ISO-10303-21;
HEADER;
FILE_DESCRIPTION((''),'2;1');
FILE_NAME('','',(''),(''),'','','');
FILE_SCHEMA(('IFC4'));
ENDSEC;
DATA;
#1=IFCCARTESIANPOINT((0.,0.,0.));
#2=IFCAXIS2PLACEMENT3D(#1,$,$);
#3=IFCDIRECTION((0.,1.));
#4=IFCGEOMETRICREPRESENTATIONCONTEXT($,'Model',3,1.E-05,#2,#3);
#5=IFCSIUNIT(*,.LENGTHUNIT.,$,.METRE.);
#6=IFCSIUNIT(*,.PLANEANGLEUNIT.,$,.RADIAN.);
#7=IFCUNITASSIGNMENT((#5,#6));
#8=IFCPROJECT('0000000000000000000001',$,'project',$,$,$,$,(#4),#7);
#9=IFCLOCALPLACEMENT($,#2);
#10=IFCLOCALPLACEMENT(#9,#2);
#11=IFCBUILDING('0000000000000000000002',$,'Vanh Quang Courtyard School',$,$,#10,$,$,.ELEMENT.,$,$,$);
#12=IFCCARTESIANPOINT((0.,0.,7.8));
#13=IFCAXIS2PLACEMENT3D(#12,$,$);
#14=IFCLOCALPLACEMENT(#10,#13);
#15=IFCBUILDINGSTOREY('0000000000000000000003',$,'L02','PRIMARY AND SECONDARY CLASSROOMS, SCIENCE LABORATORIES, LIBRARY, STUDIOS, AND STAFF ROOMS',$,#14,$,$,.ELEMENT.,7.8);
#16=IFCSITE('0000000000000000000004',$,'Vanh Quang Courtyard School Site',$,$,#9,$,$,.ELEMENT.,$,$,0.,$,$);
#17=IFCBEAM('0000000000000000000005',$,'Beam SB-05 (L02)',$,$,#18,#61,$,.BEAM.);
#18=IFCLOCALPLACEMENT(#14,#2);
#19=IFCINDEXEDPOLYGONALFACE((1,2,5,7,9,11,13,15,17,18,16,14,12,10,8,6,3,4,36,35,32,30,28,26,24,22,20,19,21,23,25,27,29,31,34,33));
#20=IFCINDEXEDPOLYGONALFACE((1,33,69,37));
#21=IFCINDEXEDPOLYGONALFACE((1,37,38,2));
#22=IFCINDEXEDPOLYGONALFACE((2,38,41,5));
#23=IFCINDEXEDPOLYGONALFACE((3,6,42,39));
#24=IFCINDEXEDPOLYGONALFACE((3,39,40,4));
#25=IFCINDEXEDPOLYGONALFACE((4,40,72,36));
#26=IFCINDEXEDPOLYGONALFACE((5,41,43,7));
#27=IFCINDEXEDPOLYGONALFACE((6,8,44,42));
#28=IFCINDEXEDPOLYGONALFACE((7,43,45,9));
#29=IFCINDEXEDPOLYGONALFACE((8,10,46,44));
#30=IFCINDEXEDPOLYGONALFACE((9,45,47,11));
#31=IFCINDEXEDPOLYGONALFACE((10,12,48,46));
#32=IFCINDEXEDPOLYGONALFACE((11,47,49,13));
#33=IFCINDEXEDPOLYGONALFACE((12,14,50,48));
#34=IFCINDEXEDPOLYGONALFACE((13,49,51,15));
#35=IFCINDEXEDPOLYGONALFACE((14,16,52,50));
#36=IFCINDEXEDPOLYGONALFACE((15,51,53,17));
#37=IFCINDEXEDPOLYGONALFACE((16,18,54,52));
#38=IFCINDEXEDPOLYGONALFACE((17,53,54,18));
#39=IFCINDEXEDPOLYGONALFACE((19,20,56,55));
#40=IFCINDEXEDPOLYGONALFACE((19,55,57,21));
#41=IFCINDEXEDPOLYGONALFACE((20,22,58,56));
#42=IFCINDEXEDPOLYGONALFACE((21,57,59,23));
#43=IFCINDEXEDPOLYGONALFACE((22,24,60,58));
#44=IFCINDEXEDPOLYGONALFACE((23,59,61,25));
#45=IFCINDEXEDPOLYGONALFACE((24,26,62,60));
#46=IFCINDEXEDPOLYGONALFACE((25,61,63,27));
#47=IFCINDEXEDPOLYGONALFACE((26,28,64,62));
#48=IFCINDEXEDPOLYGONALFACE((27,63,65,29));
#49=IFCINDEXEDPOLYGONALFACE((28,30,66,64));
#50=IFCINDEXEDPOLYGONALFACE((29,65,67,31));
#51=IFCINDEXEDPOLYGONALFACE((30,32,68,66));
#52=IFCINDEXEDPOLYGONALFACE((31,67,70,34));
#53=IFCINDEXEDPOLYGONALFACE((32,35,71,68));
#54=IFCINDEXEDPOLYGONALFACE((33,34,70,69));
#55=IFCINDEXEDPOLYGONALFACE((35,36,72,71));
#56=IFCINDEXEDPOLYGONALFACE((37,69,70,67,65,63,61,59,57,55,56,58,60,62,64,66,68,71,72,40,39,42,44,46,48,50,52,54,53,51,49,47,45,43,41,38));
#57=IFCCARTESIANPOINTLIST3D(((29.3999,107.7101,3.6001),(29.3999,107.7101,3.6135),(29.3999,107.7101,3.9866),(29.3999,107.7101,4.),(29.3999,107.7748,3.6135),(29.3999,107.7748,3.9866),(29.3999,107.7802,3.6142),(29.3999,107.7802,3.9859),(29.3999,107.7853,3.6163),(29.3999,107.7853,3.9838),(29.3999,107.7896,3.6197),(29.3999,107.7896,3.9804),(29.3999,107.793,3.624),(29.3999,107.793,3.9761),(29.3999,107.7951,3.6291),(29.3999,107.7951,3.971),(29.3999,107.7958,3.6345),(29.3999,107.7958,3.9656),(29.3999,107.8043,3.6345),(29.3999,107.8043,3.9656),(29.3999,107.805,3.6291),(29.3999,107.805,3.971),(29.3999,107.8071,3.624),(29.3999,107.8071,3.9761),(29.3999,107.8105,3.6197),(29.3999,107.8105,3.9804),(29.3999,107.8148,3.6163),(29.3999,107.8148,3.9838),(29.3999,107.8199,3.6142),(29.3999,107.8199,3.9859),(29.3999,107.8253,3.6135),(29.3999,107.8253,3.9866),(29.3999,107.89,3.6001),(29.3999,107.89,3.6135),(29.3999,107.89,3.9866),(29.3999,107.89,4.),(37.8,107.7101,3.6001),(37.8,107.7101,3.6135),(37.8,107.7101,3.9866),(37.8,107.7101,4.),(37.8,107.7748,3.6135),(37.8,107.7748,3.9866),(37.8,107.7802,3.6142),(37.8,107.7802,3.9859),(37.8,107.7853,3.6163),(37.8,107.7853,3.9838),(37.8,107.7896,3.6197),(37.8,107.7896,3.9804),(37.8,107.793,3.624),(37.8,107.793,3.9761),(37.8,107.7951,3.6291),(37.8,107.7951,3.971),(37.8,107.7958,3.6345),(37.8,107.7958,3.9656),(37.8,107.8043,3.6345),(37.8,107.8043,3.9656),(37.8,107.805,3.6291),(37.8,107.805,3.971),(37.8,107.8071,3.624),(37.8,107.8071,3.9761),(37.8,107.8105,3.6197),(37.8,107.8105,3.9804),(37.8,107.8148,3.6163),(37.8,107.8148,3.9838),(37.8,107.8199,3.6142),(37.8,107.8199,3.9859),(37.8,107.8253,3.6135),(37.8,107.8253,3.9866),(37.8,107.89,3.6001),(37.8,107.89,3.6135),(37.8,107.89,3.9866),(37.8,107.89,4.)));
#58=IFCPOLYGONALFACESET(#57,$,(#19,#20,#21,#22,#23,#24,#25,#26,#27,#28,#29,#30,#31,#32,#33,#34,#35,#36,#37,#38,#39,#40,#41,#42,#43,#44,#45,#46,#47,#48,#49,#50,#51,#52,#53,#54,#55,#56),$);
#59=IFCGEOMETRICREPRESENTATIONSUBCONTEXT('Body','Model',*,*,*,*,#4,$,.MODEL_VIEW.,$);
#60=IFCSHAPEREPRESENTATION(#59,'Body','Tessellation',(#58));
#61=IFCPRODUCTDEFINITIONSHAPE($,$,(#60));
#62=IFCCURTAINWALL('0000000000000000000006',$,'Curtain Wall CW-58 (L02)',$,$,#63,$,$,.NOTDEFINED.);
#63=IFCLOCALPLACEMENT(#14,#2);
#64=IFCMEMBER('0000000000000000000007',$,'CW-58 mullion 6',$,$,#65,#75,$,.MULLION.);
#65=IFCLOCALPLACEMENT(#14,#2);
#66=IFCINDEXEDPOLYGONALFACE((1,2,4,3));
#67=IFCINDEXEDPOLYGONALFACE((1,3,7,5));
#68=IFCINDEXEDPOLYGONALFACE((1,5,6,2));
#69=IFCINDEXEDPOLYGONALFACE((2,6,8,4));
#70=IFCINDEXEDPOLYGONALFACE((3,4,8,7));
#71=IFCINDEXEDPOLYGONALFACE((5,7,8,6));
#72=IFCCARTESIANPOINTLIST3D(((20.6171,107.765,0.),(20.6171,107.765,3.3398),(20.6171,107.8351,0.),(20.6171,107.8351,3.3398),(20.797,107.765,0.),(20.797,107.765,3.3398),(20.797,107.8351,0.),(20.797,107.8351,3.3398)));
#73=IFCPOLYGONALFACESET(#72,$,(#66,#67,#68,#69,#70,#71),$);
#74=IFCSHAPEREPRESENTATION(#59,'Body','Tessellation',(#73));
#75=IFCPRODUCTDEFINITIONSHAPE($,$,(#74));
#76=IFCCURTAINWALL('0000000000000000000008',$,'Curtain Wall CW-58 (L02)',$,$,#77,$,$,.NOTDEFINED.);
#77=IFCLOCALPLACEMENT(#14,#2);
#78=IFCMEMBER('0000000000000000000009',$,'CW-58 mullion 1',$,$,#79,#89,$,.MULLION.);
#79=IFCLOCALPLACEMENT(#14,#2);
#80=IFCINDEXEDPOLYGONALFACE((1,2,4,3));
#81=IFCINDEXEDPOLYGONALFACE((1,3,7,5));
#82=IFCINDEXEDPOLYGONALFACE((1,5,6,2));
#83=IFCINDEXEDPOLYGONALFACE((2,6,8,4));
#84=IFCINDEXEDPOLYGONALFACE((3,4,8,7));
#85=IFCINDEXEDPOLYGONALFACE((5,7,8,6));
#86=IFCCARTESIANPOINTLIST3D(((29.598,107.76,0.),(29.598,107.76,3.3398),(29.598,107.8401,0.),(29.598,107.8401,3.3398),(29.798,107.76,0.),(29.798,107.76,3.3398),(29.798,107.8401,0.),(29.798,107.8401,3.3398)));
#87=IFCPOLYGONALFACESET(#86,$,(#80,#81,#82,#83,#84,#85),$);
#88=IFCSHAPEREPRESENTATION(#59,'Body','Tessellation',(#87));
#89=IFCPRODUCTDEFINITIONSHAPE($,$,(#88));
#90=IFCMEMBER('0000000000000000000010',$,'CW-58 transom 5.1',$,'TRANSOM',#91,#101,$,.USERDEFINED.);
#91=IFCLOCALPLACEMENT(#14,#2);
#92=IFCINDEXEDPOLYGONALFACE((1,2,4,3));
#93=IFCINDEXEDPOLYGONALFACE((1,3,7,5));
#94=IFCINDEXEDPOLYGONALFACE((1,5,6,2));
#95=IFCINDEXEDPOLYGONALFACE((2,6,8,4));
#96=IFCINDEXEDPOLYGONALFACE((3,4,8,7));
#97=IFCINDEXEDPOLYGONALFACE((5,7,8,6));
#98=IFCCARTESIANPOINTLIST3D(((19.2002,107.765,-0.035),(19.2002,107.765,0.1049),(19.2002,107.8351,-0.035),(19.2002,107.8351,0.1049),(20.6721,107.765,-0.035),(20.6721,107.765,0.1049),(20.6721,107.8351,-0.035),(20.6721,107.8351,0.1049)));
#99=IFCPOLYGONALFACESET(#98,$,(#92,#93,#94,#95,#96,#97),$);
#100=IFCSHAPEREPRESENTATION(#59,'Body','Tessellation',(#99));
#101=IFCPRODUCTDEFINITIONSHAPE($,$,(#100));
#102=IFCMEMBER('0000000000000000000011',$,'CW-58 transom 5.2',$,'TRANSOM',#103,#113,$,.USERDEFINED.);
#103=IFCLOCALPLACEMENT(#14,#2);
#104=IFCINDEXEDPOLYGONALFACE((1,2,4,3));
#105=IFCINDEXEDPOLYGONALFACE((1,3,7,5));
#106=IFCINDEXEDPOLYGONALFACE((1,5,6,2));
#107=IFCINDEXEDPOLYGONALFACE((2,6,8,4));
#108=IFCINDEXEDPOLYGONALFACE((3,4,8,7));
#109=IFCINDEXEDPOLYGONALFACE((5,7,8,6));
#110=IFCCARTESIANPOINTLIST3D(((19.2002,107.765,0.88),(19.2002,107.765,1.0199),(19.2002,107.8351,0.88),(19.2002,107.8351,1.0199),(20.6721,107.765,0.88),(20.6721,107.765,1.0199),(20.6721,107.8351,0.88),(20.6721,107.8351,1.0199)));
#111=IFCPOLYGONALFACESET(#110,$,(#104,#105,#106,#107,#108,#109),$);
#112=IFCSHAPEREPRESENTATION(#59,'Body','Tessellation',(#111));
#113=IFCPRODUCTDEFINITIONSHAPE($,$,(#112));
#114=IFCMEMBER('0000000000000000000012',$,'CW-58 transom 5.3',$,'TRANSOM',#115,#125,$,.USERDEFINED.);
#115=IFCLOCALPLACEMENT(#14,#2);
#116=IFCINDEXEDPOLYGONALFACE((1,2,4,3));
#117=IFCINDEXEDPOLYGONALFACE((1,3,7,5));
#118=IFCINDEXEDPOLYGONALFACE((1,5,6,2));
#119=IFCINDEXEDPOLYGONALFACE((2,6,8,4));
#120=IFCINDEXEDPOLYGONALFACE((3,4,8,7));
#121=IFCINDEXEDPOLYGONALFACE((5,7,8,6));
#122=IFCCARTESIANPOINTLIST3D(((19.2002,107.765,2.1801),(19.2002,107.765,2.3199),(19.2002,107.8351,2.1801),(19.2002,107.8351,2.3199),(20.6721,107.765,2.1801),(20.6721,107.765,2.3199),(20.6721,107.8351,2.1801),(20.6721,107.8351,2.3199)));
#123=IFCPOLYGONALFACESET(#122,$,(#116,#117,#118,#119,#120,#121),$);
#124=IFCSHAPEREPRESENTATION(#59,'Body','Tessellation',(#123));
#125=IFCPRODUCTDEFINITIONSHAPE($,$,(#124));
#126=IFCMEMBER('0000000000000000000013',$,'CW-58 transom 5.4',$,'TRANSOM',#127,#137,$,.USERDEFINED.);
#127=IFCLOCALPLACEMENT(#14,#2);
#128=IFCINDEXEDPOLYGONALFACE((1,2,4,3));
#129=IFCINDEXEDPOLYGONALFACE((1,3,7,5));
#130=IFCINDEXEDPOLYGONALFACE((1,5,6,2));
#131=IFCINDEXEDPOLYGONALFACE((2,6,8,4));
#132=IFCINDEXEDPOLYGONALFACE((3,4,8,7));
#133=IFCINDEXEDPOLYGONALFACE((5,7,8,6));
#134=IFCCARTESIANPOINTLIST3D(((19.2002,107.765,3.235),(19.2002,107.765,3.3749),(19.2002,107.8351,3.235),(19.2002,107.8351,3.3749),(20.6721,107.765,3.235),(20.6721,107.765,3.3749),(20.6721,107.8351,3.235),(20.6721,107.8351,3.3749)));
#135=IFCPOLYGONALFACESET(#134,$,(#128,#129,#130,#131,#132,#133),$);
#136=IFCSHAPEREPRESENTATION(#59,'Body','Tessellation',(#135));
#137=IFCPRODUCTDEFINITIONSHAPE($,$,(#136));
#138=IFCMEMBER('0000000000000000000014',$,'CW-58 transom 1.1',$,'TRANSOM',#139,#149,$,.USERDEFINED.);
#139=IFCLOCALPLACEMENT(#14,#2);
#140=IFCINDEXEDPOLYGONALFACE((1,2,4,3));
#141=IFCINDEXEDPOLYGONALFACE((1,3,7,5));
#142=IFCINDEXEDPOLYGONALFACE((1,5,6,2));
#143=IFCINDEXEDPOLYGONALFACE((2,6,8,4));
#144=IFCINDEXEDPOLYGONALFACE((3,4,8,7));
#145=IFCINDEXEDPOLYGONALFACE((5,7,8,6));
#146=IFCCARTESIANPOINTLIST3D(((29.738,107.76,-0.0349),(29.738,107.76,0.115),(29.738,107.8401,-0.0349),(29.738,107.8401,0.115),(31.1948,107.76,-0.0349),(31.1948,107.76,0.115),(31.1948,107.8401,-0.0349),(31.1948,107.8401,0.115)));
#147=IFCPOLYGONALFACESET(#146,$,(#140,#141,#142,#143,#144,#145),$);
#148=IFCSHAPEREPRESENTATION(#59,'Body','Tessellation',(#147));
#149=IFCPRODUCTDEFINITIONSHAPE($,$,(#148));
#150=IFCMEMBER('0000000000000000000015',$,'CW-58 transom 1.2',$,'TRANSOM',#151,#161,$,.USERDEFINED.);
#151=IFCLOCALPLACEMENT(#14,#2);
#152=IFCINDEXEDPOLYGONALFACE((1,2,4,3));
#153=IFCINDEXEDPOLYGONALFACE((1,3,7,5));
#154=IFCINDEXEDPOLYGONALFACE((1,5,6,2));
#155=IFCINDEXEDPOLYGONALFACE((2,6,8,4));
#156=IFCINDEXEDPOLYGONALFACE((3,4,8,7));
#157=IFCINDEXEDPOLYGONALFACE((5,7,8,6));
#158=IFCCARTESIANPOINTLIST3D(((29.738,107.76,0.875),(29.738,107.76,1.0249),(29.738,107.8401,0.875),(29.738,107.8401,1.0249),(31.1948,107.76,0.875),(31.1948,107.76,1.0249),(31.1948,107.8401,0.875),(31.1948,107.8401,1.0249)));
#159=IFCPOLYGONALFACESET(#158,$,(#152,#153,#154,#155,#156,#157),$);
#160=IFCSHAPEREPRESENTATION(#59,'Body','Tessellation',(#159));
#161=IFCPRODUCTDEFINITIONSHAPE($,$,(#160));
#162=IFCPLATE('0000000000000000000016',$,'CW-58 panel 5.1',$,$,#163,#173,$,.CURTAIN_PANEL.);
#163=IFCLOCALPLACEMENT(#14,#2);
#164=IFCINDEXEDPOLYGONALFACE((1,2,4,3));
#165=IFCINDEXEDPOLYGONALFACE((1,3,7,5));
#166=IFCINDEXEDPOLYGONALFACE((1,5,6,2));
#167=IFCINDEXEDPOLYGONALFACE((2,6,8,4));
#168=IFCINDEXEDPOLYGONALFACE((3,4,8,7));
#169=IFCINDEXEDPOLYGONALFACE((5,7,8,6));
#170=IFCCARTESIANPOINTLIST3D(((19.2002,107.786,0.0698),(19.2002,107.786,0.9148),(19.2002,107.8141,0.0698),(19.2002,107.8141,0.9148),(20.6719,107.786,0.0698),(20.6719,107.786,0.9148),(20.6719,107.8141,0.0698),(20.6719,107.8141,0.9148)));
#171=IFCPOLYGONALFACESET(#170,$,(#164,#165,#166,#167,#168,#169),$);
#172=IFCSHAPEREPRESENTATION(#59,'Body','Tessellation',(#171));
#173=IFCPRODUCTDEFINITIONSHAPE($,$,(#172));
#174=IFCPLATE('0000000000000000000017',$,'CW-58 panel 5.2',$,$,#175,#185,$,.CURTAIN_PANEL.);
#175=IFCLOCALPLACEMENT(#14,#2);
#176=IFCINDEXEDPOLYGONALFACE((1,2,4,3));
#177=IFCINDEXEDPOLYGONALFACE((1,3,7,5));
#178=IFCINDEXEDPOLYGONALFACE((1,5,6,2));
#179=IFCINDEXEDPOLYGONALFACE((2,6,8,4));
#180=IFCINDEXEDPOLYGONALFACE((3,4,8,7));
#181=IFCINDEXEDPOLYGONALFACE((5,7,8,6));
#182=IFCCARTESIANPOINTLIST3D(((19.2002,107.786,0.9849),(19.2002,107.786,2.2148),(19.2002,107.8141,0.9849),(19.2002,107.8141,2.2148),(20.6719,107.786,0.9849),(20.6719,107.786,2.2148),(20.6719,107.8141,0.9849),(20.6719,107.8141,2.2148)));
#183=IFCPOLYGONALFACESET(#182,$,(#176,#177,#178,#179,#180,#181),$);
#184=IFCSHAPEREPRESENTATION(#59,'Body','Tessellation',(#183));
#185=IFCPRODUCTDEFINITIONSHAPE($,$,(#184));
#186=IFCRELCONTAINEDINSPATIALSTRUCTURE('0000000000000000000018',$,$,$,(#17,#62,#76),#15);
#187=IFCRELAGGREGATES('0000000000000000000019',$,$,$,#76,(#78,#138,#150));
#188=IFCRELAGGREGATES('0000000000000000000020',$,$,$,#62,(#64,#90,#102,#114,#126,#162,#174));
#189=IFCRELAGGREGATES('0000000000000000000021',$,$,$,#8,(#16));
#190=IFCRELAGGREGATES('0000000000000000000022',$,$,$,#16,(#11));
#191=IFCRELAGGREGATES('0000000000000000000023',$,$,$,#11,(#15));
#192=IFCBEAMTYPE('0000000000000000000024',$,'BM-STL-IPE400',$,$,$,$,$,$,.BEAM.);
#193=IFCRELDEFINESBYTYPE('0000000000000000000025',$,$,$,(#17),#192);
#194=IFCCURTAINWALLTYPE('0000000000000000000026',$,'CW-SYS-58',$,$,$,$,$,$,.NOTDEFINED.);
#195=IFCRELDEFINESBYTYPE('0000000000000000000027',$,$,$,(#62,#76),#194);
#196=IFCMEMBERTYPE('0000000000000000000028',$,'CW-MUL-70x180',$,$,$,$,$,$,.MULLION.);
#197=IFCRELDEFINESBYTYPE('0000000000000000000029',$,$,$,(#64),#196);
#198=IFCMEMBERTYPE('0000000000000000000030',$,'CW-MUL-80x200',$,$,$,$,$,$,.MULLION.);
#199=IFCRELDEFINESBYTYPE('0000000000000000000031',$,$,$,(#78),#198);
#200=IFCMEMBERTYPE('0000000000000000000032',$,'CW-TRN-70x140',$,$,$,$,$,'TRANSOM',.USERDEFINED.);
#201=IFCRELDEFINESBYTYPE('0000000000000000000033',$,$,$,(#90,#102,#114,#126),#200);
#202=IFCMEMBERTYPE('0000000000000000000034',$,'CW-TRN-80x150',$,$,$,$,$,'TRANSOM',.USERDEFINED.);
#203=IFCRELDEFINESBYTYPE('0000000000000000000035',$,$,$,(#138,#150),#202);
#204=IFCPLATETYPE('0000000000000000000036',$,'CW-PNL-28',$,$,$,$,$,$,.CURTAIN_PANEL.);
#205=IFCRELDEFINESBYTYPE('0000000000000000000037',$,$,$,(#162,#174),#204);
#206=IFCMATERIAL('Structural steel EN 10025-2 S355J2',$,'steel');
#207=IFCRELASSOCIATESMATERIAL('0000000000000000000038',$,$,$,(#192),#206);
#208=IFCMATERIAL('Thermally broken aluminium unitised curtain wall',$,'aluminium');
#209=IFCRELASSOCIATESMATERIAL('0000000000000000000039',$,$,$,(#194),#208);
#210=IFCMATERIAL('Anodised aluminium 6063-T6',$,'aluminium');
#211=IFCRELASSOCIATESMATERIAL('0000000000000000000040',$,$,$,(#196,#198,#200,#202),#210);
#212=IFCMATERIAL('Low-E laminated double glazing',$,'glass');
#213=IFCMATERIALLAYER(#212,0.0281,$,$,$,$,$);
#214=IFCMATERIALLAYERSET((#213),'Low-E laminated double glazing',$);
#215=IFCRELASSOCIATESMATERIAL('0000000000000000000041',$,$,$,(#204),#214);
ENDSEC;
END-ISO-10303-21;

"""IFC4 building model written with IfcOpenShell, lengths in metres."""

from ifc_helpers import new_model, si_unit, direction, frame, origin, origin_2d, place, context, subcontext, project, spatial, rectangle, i_section, extrude, material, layer, layer_set, material_profile, profile_set, type_object, element, aggregate, save


model = new_model("IFC4")

# Units and contexts
model_context = context("Model", 3, precision=1e-05, world=origin(), true_north=direction((0.0, 1.0)))
body_context = subcontext(model_context, "Body", "Model", "MODEL_VIEW")
ifc_project = project(units=[si_unit("LENGTHUNIT", "METRE"), si_unit("PLANEANGLEUNIT", "RADIAN")], contexts=[model_context])

# Site, building, storey
site_placement = place(None, origin())
site = spatial("IfcSite", under=ifc_project, at=site_placement, Name="Vanh Quang Courtyard School Site", CompositionType="ELEMENT", RefElevation=0.0)
building_placement = place(site_placement, origin())
building = spatial("IfcBuilding", under=site, at=building_placement, Name="Vanh Quang Courtyard School", CompositionType="ELEMENT")
storey_placement = place(building_placement, frame((0.0, 0.0, 7.8)))
storey = spatial("IfcBuildingStorey", under=building, at=storey_placement, Name="L02", Description="PRIMARY AND SECONDARY CLASSROOMS, SCIENCE LABORATORIES, LIBRARY, STUDIOS, AND STAFF ROOMS", CompositionType="ELEMENT", Elevation=7.8)

# Beam
ifc_material_1 = material(Name="Structural steel EN 10025-2 S355J2", Category="steel")
ifc_material_profile_1 = material_profile(ifc_material_1, i_section(OverallWidth=0.1799, OverallDepth=0.3999, WebThickness=0.0085, FlangeThickness=0.0134, FilletRadius=0.021, at=origin_2d()), Name="IPE 400")
ifc_profile_set_1 = profile_set([ifc_material_profile_1], Name="Structural steel EN 10025-2 S355J2")
beam_type_1 = type_object("IfcBeamType", Name="BM-STL-IPE400", PredefinedType="BEAM", material=ifc_profile_set_1)
beam_1_placement = place(storey_placement, frame((29.3999, 107.8, 3.8), z_axis=(1.0, 0.0, 0.0), x_axis=(0.0, 1.0, 0.0)))
element("IfcBeam", 1, at=beam_1_placement, inside=storey, type_object=beam_type_1, Name="Beam SB-05 (L02)", PredefinedType="BEAM", context=body_context, shape_type="SweptSolid", body=[
    extrude(i_section(OverallWidth=0.1799, OverallDepth=0.3999, WebThickness=0.0085, FlangeThickness=0.0134, FilletRadius=0.021, at=origin_2d()), origin(), (0.0, 0.0, 1.0), 8.4001),
])

# Curtain walls, members
ifc_material_2 = material(Name="Thermally broken aluminium unitised curtain wall", Category="aluminium")
curtain_wall_type = type_object("IfcCurtainWallType", Name="CW-SYS-58", PredefinedType="NOTDEFINED", material=ifc_material_2)
curtain_wall_1_placement = place(storey_placement, origin())
curtain_wall_1 = element("IfcCurtainWall", 2, at=curtain_wall_1_placement, inside=storey, type_object=curtain_wall_type, Name="Curtain Wall CW-58 (L02)", PredefinedType="NOTDEFINED")
ifc_material_3 = material(Name="Anodised aluminium 6063-T6", Category="aluminium")
ifc_material_profile_2 = material_profile(ifc_material_3, rectangle(XDim=0.0701, YDim=0.1799, at=origin_2d()), Name="ALU-MUL 70x180")
ifc_profile_set_2 = profile_set([ifc_material_profile_2], Name="Anodised aluminium 6063-T6")
member_type_1 = type_object("IfcMemberType", Name="CW-MUL-70x180", PredefinedType="MULLION", material=ifc_profile_set_2)
member_1_placement = place(storey_placement, frame((20.707, 107.8, 0.0), z_axis=(0.0, 0.0, 1.0), x_axis=(0.0, 1.0, 0.0)))
member_1 = element("IfcMember", 3, at=member_1_placement, type_object=member_type_1, Name="CW-58 mullion 6", PredefinedType="MULLION", context=body_context, shape_type="SweptSolid", body=[
    extrude(rectangle(XDim=0.0701, YDim=0.1799, at=origin_2d()), origin(), (0.0, 0.0, 1.0), 3.3398),
])
curtain_wall_2_placement = place(storey_placement, origin())
curtain_wall_2 = element("IfcCurtainWall", 4, at=curtain_wall_2_placement, inside=storey, type_object=curtain_wall_type, Name="Curtain Wall CW-58 (L02)", PredefinedType="NOTDEFINED")
ifc_material_profile_3 = material_profile(ifc_material_3, rectangle(XDim=0.0801, YDim=0.2, at=origin_2d()), Name="ALU-MUL 80x200")
ifc_profile_set_3 = profile_set([ifc_material_profile_3], Name="Anodised aluminium 6063-T6")
member_type_2 = type_object("IfcMemberType", Name="CW-MUL-80x200", PredefinedType="MULLION", material=ifc_profile_set_3)
member_2_placement = place(storey_placement, frame((29.698, 107.8, 0.0), z_axis=(0.0, 0.0, 1.0), x_axis=(0.0, 1.0, 0.0)))
member_2 = element("IfcMember", 5, at=member_2_placement, type_object=member_type_2, Name="CW-58 mullion 1", PredefinedType="MULLION", context=body_context, shape_type="SweptSolid", body=[
    extrude(rectangle(XDim=0.0801, YDim=0.2, at=origin_2d()), origin(), (0.0, 0.0, 1.0), 3.3398),
])

# Members
ifc_material_profile_4 = material_profile(ifc_material_3, rectangle(XDim=0.0701, YDim=0.1399, at=origin_2d()), Name="ALU-TRN 70x140")
ifc_profile_set_4 = profile_set([ifc_material_profile_4], Name="Anodised aluminium 6063-T6")
member_type_3 = type_object("IfcMemberType", Name="CW-TRN-70x140", ElementType="TRANSOM", PredefinedType="USERDEFINED", material=ifc_profile_set_4)
member_3_placement = place(storey_placement, frame((19.2002, 107.8, 0.0349), z_axis=(1.0, 0.0, 0.0), x_axis=(0.0, 1.0, 0.0)))
member_3 = element("IfcMember", 6, at=member_3_placement, type_object=member_type_3, Name="CW-58 transom 5.1", ObjectType="TRANSOM", PredefinedType="USERDEFINED", context=body_context, shape_type="SweptSolid", body=[
    extrude(rectangle(XDim=0.0701, YDim=0.1399, at=origin_2d()), origin(), (0.0, 0.0, 1.0), 1.4719),
])
member_4_placement = place(storey_placement, frame((19.2002, 107.8, 0.95), z_axis=(1.0, 0.0, 0.0), x_axis=(0.0, 1.0, 0.0)))
member_4 = element("IfcMember", 7, at=member_4_placement, type_object=member_type_3, Name="CW-58 transom 5.2", ObjectType="TRANSOM", PredefinedType="USERDEFINED", context=body_context, shape_type="SweptSolid", body=[
    extrude(rectangle(XDim=0.0701, YDim=0.1399, at=origin_2d()), origin(), (0.0, 0.0, 1.0), 1.4719),
])
member_5_placement = place(storey_placement, frame((19.2002, 107.8, 2.25), z_axis=(1.0, 0.0, 0.0), x_axis=(0.0, 1.0, 0.0)))
member_5 = element("IfcMember", 8, at=member_5_placement, type_object=member_type_3, Name="CW-58 transom 5.3", ObjectType="TRANSOM", PredefinedType="USERDEFINED", context=body_context, shape_type="SweptSolid", body=[
    extrude(rectangle(XDim=0.0701, YDim=0.1399, at=origin_2d()), origin(), (0.0, 0.0, 1.0), 1.4719),
])
member_6_placement = place(storey_placement, frame((19.2002, 107.8, 3.3049), z_axis=(1.0, 0.0, 0.0), x_axis=(0.0, 1.0, 0.0)))
member_6 = element("IfcMember", 9, at=member_6_placement, type_object=member_type_3, Name="CW-58 transom 5.4", ObjectType="TRANSOM", PredefinedType="USERDEFINED", context=body_context, shape_type="SweptSolid", body=[
    extrude(rectangle(XDim=0.0701, YDim=0.1399, at=origin_2d()), origin(), (0.0, 0.0, 1.0), 1.4719),
])
ifc_material_profile_5 = material_profile(ifc_material_3, rectangle(XDim=0.0801, YDim=0.1499, at=origin_2d()), Name="ALU-TRN 80x150")
ifc_profile_set_5 = profile_set([ifc_material_profile_5], Name="Anodised aluminium 6063-T6")
member_type_4 = type_object("IfcMemberType", Name="CW-TRN-80x150", ElementType="TRANSOM", PredefinedType="USERDEFINED", material=ifc_profile_set_5)
member_7_placement = place(storey_placement, frame((29.738, 107.8, 0.04), z_axis=(1.0, 0.0, 0.0), x_axis=(0.0, 1.0, 0.0)))
member_7 = element("IfcMember", 10, at=member_7_placement, type_object=member_type_4, Name="CW-58 transom 1.1", ObjectType="TRANSOM", PredefinedType="USERDEFINED", context=body_context, shape_type="SweptSolid", body=[
    extrude(rectangle(XDim=0.0801, YDim=0.1499, at=origin_2d()), origin(), (0.0, 0.0, 1.0), 1.4568),
])
member_8_placement = place(storey_placement, frame((29.738, 107.8, 0.95), z_axis=(1.0, 0.0, 0.0), x_axis=(0.0, 1.0, 0.0)))
member_8 = element("IfcMember", 11, at=member_8_placement, type_object=member_type_4, Name="CW-58 transom 1.2", ObjectType="TRANSOM", PredefinedType="USERDEFINED", context=body_context, shape_type="SweptSolid", body=[
    extrude(rectangle(XDim=0.0801, YDim=0.1499, at=origin_2d()), origin(), (0.0, 0.0, 1.0), 1.4568),
])
aggregate(curtain_wall_2, [member_2, member_7, member_8])

# Plates
ifc_material_4 = material(Name="Low-E laminated double glazing", Category="glass")
ifc_layer_1 = layer(ifc_material_4, 0.0281)
ifc_layer_set_1 = layer_set([ifc_layer_1], Name="Low-E laminated double glazing")
plate_type = type_object("IfcPlateType", Name="CW-PNL-28", PredefinedType="CURTAIN_PANEL", material=ifc_layer_set_1)
plate_1_placement = place(storey_placement, frame((19.936, 107.8, 0.0698), z_axis=(0.0, 0.0, 1.0), x_axis=(1.0, 0.0, 0.0)))
plate_1 = element("IfcPlate", 12, at=plate_1_placement, type_object=plate_type, Name="CW-58 panel 5.1", PredefinedType="CURTAIN_PANEL", context=body_context, shape_type="SweptSolid", body=[
    extrude(rectangle(XDim=1.4717, YDim=0.0281, at=origin_2d()), origin(), (0.0, 0.0, 1.0), 0.845),
])
plate_2_placement = place(storey_placement, frame((19.936, 107.8, 0.9849), z_axis=(0.0, 0.0, 1.0), x_axis=(1.0, 0.0, 0.0)))
plate_2 = element("IfcPlate", 13, at=plate_2_placement, type_object=plate_type, Name="CW-58 panel 5.2", PredefinedType="CURTAIN_PANEL", context=body_context, shape_type="SweptSolid", body=[
    extrude(rectangle(XDim=1.4717, YDim=0.0281, at=origin_2d()), origin(), (0.0, 0.0, 1.0), 1.23),
])
aggregate(curtain_wall_1, [member_1, member_3, member_4, member_5, member_6, plate_1, plate_2])

save(model, "model.ifc")
